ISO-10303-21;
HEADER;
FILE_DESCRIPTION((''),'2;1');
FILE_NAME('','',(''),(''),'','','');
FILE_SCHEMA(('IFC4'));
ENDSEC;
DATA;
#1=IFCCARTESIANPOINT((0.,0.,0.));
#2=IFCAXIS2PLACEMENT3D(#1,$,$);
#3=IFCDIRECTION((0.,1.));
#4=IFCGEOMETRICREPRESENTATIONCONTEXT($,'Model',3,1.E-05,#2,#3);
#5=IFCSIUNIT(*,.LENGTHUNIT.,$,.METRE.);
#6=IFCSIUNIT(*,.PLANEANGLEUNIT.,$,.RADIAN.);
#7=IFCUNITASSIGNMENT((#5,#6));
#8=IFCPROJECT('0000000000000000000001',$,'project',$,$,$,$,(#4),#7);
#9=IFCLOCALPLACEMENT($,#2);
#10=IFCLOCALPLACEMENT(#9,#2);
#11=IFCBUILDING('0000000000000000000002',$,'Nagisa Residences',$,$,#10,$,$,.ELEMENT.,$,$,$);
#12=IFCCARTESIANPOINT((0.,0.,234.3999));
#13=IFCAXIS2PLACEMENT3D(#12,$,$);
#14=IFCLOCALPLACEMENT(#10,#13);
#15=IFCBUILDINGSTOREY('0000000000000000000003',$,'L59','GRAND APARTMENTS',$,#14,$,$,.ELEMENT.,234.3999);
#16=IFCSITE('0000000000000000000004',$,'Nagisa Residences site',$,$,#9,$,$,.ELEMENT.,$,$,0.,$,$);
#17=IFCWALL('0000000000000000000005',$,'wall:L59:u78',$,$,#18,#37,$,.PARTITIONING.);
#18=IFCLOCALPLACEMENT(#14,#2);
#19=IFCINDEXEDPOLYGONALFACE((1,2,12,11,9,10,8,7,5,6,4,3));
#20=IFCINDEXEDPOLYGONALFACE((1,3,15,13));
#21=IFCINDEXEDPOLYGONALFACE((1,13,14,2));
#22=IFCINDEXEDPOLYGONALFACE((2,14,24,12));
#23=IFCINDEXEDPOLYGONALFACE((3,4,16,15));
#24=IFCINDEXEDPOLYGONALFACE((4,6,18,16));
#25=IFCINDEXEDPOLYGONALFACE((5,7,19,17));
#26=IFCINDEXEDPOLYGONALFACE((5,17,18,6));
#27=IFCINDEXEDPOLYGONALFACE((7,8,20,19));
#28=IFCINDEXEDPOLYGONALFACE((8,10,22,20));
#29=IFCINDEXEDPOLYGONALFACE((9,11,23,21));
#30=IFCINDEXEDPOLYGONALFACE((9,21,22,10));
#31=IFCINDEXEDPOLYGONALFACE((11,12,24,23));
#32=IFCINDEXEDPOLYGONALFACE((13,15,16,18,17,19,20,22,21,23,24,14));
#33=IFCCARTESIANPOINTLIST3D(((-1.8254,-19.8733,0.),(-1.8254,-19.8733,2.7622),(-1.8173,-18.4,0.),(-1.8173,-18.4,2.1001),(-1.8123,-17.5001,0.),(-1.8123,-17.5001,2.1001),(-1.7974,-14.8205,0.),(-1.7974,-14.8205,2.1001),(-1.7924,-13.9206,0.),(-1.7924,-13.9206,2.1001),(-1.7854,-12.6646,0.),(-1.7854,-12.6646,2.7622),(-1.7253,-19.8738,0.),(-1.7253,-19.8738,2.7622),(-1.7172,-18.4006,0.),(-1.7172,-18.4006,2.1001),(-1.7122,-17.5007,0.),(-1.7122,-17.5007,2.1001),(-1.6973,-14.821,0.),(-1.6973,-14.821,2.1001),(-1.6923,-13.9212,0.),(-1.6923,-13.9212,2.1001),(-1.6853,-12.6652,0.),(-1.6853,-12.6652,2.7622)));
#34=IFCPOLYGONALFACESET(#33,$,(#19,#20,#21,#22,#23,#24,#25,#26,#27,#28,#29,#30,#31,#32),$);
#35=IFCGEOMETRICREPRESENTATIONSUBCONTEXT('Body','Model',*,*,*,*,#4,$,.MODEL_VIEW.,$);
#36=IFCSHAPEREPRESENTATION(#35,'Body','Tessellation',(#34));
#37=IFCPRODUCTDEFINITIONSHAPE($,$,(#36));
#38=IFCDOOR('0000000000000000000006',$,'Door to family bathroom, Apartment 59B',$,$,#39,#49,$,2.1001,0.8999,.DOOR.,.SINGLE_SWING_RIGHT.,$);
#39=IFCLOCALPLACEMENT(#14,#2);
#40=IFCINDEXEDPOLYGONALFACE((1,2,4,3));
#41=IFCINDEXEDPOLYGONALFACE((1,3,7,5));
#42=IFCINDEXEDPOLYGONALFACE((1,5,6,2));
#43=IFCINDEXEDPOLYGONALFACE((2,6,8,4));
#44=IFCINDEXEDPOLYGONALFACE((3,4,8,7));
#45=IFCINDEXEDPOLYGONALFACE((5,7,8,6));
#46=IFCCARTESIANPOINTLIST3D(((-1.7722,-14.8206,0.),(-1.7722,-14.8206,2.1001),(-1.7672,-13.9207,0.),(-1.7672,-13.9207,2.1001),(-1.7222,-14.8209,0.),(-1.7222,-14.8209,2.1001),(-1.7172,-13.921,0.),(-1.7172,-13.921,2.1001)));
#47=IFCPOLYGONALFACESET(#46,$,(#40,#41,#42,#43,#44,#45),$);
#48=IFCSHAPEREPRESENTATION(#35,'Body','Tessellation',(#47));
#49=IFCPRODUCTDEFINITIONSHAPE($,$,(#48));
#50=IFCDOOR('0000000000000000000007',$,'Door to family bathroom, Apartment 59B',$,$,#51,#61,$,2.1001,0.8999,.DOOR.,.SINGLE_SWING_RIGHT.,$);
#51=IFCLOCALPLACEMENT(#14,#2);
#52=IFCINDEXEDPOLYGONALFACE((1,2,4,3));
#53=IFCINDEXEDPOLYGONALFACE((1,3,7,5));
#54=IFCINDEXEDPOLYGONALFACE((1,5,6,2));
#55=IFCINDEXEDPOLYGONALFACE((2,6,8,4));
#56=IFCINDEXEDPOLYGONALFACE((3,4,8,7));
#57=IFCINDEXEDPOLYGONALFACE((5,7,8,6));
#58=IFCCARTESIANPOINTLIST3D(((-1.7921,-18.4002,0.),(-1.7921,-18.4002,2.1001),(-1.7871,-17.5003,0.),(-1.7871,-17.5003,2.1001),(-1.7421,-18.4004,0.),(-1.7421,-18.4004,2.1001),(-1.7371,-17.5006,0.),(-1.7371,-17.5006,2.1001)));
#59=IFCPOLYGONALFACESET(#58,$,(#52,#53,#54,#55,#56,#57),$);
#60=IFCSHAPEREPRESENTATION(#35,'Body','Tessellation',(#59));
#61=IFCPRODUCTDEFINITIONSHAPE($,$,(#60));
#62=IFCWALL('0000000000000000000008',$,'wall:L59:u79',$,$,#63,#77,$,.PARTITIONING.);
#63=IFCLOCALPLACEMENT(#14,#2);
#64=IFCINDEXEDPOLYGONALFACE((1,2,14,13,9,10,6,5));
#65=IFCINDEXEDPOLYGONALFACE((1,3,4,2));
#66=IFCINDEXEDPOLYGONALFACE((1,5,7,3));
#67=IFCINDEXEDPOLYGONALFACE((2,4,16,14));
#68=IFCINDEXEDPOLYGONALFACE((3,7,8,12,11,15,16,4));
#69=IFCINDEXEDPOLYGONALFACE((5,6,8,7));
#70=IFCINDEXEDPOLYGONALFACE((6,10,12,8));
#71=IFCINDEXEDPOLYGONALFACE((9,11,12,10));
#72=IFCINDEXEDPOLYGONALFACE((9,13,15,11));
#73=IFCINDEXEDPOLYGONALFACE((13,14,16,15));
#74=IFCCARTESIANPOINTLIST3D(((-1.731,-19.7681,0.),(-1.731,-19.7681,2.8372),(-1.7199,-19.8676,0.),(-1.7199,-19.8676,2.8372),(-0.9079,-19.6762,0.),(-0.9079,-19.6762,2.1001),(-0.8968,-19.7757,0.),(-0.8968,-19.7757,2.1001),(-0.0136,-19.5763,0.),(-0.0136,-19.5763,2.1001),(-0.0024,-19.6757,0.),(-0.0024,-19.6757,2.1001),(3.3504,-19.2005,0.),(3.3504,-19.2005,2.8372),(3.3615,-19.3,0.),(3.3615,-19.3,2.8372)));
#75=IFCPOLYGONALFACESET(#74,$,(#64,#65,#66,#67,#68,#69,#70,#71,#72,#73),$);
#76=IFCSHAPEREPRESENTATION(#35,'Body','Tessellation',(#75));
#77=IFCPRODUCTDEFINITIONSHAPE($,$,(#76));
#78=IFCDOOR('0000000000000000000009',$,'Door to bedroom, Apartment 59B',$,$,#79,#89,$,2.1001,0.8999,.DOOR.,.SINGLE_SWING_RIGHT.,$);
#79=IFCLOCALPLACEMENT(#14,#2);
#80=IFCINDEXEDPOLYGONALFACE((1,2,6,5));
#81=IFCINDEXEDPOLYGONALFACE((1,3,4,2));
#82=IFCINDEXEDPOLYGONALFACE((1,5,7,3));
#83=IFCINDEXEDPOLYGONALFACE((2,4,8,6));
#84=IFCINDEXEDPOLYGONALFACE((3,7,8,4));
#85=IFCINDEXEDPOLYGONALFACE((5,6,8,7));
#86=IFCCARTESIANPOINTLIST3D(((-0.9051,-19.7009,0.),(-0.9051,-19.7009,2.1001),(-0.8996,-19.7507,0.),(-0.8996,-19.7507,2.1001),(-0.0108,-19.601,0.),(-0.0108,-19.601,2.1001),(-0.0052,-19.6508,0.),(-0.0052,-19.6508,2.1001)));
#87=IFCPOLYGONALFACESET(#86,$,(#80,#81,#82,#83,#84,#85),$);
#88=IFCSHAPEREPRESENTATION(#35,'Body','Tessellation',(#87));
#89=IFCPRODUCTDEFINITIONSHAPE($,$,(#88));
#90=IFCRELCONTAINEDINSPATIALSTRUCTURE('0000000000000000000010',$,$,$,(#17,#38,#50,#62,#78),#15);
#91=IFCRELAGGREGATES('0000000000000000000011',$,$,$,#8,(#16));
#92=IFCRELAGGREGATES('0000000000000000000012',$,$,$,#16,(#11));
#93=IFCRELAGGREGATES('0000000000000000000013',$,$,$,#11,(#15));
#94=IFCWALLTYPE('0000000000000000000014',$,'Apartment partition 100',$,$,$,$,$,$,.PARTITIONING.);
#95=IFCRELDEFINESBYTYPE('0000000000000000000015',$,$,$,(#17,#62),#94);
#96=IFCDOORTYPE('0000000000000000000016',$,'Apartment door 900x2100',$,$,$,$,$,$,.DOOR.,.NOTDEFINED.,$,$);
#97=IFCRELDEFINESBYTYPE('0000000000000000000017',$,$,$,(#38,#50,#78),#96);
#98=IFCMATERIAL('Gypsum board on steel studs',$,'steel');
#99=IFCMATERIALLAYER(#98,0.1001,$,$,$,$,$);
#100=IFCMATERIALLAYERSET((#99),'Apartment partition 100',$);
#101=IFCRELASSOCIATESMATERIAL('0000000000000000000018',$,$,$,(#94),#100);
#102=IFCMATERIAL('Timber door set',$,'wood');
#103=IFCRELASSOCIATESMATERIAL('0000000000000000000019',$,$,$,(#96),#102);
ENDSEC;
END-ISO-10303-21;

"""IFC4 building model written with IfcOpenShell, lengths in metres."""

from ifc_helpers import new_model, si_unit, direction, frame, frame_2d, origin, place, context, subcontext, project, spatial, rectangle, extrude, material, layer, layer_set, type_object, element, fill, save


model = new_model("IFC4")

# Units and contexts
model_context = context("Model", 3, precision=1e-05, world=origin(), true_north=direction((0.0, 1.0)))
body_context = subcontext(model_context, "Body", "Model", "MODEL_VIEW")
ifc_project = project(units=[si_unit("LENGTHUNIT", "METRE"), si_unit("PLANEANGLEUNIT", "RADIAN")], contexts=[model_context])

# Site, building, storey
site_placement = place(None, origin())
site = spatial("IfcSite", under=ifc_project, at=site_placement, Name="Nagisa Residences site", CompositionType="ELEMENT", RefElevation=0.0)
building_placement = place(site_placement, origin())
building = spatial("IfcBuilding", under=site, at=building_placement, Name="Nagisa Residences", CompositionType="ELEMENT")
storey_placement = place(building_placement, frame((0.0, 0.0, 234.3999)))
storey = spatial("IfcBuildingStorey", under=building, at=storey_placement, Name="L59", Description="GRAND APARTMENTS", CompositionType="ELEMENT", Elevation=234.3999)

# Shared definitions
ifc_material_1 = material(Name="Gypsum board on steel studs", Category="steel")
ifc_layer_1 = layer(ifc_material_1, 0.1001)
ifc_layer_set_1 = layer_set([ifc_layer_1], Name="Apartment partition 100")
wall_type_1 = type_object("IfcWallType", Name="Apartment partition 100", PredefinedType="PARTITIONING", material=ifc_layer_set_1)

# Shared definitions
ifc_material_2 = material(Name="Timber door set", Category="wood")
door_type_1 = type_object("IfcDoorType", Name="Apartment door 900x2100", OperationType="NOTDEFINED", PredefinedType="DOOR", material=ifc_material_2)

# Wall, openings, doors
wall_1_placement = place(storey_placement, frame((-1.7354, -12.6648, 0.0), z_axis=(0.0, 0.0, 1.0), x_axis=(-0.005554, -0.999985, 0.0)))
wall_1 = element("IfcWall", 1, at=wall_1_placement, inside=storey, type_object=wall_type_1, Name="wall:L59:u78", PredefinedType="PARTITIONING", context=body_context, shape_type="SweptSolid", body=[
    extrude(rectangle(XDim=7.2087, YDim=0.1001, at=frame_2d((3.6045, 0.0))), origin(), (0.0, 0.0, 1.0), 2.7622),
])
opening_1_placement = place(wall_1_placement, frame((1.2561, 0.0, 0.0)))
opening_1 = element("IfcOpeningElement", 2, at=opening_1_placement, cuts=wall_1, PredefinedType="OPENING", context=body_context, shape_type="SweptSolid", body=[
    extrude(rectangle(XDim=0.8999, YDim=2.1001, at=frame_2d((0.45, 1.05))), frame((0.0, 0.0601, 0.0), z_axis=(0.0, -1.0, 0.0), x_axis=(1.0, 0.0, 0.0)), (0.0, 0.0, 1.0), 0.1201),
])
opening_2_placement = place(wall_1_placement, frame((4.8357, 0.0, 0.0)))
opening_2 = element("IfcOpeningElement", 3, at=opening_2_placement, cuts=wall_1, PredefinedType="OPENING", context=body_context, shape_type="SweptSolid", body=[
    extrude(rectangle(XDim=0.8999, YDim=2.1001, at=frame_2d((0.45, 1.05))), frame((0.0, 0.0601, 0.0), z_axis=(0.0, -1.0, 0.0), x_axis=(1.0, 0.0, 0.0)), (0.0, 0.0, 1.0), 0.1201),
])
door_1_placement = place(opening_1_placement, frame((0.8999, 0.0, 0.0), x_axis=(-1.0, 0.0, 0.0)))
door_1 = element("IfcDoor", 4, at=door_1_placement, inside=storey, type_object=door_type_1, Name="Door to family bathroom, Apartment 59B", OperationType="SINGLE_SWING_RIGHT", OverallHeight=2.1001, OverallWidth=0.8999, PredefinedType="DOOR", context=body_context, shape_type="SweptSolid", body=[
    extrude(rectangle(XDim=0.8999, YDim=2.1001, at=frame_2d((0.45, 1.05))), frame((0.0, 0.0249, 0.0), z_axis=(0.0, -1.0, 0.0), x_axis=(1.0, 0.0, 0.0)), (0.0, 0.0, 1.0), 0.05),
])
fill(opening_1, door_1)
door_2_placement = place(opening_2_placement, frame((0.8999, 0.0, 0.0), x_axis=(-1.0, 0.0, 0.0)))
door_2 = element("IfcDoor", 5, at=door_2_placement, inside=storey, type_object=door_type_1, Name="Door to family bathroom, Apartment 59B", OperationType="SINGLE_SWING_RIGHT", OverallHeight=2.1001, OverallWidth=0.8999, PredefinedType="DOOR", context=body_context, shape_type="SweptSolid", body=[
    extrude(rectangle(XDim=0.8999, YDim=2.1001, at=frame_2d((0.45, 1.05))), frame((0.0, 0.0249, 0.0), z_axis=(0.0, -1.0, 0.0), x_axis=(1.0, 0.0, 0.0)), (0.0, 0.0, 1.0), 0.05),
])
fill(opening_2, door_2)

# Wall, opening, door
wall_2_placement = place(storey_placement, frame((-1.7256, -19.8179, 0.0), z_axis=(0.0, 0.0, 1.0), x_axis=(0.993819, 0.111013, 0.0)))
wall_2 = element("IfcWall", 6, at=wall_2_placement, inside=storey, type_object=wall_type_1, Name="wall:L59:u79", PredefinedType="PARTITIONING", context=body_context, shape_type="SweptSolid", body=[
    extrude(rectangle(XDim=5.113, YDim=0.1001, at=frame_2d((2.5566, 0.0))), origin(), (0.0, 0.0, 1.0), 2.8372),
])
opening_3_placement = place(wall_2_placement, frame((0.8284, 0.0, 0.0)))
opening_3 = element("IfcOpeningElement", 7, at=opening_3_placement, cuts=wall_2, PredefinedType="OPENING", context=body_context, shape_type="SweptSolid", body=[
    extrude(rectangle(XDim=0.8999, YDim=2.1001, at=frame_2d((0.45, 1.05))), frame((0.0, 0.0601, 0.0), z_axis=(0.0, -1.0, 0.0), x_axis=(1.0, 0.0, 0.0)), (0.0, 0.0, 1.0), 0.1201),
])
door_3_placement = place(opening_3_placement, frame((0.8999, 0.0, 0.0), x_axis=(-1.0, 0.0, 0.0)))
door_3 = element("IfcDoor", 8, at=door_3_placement, inside=storey, type_object=door_type_1, Name="Door to bedroom, Apartment 59B", OperationType="SINGLE_SWING_RIGHT", OverallHeight=2.1001, OverallWidth=0.8999, PredefinedType="DOOR", context=body_context, shape_type="SweptSolid", body=[
    extrude(rectangle(XDim=0.8999, YDim=2.1001, at=frame_2d((0.45, 1.05))), frame((0.0, 0.0249, 0.0), z_axis=(0.0, -1.0, 0.0), x_axis=(1.0, 0.0, 0.0)), (0.0, 0.0, 1.0), 0.05),
])
fill(opening_3, door_3)

save(model, "model.ifc")
